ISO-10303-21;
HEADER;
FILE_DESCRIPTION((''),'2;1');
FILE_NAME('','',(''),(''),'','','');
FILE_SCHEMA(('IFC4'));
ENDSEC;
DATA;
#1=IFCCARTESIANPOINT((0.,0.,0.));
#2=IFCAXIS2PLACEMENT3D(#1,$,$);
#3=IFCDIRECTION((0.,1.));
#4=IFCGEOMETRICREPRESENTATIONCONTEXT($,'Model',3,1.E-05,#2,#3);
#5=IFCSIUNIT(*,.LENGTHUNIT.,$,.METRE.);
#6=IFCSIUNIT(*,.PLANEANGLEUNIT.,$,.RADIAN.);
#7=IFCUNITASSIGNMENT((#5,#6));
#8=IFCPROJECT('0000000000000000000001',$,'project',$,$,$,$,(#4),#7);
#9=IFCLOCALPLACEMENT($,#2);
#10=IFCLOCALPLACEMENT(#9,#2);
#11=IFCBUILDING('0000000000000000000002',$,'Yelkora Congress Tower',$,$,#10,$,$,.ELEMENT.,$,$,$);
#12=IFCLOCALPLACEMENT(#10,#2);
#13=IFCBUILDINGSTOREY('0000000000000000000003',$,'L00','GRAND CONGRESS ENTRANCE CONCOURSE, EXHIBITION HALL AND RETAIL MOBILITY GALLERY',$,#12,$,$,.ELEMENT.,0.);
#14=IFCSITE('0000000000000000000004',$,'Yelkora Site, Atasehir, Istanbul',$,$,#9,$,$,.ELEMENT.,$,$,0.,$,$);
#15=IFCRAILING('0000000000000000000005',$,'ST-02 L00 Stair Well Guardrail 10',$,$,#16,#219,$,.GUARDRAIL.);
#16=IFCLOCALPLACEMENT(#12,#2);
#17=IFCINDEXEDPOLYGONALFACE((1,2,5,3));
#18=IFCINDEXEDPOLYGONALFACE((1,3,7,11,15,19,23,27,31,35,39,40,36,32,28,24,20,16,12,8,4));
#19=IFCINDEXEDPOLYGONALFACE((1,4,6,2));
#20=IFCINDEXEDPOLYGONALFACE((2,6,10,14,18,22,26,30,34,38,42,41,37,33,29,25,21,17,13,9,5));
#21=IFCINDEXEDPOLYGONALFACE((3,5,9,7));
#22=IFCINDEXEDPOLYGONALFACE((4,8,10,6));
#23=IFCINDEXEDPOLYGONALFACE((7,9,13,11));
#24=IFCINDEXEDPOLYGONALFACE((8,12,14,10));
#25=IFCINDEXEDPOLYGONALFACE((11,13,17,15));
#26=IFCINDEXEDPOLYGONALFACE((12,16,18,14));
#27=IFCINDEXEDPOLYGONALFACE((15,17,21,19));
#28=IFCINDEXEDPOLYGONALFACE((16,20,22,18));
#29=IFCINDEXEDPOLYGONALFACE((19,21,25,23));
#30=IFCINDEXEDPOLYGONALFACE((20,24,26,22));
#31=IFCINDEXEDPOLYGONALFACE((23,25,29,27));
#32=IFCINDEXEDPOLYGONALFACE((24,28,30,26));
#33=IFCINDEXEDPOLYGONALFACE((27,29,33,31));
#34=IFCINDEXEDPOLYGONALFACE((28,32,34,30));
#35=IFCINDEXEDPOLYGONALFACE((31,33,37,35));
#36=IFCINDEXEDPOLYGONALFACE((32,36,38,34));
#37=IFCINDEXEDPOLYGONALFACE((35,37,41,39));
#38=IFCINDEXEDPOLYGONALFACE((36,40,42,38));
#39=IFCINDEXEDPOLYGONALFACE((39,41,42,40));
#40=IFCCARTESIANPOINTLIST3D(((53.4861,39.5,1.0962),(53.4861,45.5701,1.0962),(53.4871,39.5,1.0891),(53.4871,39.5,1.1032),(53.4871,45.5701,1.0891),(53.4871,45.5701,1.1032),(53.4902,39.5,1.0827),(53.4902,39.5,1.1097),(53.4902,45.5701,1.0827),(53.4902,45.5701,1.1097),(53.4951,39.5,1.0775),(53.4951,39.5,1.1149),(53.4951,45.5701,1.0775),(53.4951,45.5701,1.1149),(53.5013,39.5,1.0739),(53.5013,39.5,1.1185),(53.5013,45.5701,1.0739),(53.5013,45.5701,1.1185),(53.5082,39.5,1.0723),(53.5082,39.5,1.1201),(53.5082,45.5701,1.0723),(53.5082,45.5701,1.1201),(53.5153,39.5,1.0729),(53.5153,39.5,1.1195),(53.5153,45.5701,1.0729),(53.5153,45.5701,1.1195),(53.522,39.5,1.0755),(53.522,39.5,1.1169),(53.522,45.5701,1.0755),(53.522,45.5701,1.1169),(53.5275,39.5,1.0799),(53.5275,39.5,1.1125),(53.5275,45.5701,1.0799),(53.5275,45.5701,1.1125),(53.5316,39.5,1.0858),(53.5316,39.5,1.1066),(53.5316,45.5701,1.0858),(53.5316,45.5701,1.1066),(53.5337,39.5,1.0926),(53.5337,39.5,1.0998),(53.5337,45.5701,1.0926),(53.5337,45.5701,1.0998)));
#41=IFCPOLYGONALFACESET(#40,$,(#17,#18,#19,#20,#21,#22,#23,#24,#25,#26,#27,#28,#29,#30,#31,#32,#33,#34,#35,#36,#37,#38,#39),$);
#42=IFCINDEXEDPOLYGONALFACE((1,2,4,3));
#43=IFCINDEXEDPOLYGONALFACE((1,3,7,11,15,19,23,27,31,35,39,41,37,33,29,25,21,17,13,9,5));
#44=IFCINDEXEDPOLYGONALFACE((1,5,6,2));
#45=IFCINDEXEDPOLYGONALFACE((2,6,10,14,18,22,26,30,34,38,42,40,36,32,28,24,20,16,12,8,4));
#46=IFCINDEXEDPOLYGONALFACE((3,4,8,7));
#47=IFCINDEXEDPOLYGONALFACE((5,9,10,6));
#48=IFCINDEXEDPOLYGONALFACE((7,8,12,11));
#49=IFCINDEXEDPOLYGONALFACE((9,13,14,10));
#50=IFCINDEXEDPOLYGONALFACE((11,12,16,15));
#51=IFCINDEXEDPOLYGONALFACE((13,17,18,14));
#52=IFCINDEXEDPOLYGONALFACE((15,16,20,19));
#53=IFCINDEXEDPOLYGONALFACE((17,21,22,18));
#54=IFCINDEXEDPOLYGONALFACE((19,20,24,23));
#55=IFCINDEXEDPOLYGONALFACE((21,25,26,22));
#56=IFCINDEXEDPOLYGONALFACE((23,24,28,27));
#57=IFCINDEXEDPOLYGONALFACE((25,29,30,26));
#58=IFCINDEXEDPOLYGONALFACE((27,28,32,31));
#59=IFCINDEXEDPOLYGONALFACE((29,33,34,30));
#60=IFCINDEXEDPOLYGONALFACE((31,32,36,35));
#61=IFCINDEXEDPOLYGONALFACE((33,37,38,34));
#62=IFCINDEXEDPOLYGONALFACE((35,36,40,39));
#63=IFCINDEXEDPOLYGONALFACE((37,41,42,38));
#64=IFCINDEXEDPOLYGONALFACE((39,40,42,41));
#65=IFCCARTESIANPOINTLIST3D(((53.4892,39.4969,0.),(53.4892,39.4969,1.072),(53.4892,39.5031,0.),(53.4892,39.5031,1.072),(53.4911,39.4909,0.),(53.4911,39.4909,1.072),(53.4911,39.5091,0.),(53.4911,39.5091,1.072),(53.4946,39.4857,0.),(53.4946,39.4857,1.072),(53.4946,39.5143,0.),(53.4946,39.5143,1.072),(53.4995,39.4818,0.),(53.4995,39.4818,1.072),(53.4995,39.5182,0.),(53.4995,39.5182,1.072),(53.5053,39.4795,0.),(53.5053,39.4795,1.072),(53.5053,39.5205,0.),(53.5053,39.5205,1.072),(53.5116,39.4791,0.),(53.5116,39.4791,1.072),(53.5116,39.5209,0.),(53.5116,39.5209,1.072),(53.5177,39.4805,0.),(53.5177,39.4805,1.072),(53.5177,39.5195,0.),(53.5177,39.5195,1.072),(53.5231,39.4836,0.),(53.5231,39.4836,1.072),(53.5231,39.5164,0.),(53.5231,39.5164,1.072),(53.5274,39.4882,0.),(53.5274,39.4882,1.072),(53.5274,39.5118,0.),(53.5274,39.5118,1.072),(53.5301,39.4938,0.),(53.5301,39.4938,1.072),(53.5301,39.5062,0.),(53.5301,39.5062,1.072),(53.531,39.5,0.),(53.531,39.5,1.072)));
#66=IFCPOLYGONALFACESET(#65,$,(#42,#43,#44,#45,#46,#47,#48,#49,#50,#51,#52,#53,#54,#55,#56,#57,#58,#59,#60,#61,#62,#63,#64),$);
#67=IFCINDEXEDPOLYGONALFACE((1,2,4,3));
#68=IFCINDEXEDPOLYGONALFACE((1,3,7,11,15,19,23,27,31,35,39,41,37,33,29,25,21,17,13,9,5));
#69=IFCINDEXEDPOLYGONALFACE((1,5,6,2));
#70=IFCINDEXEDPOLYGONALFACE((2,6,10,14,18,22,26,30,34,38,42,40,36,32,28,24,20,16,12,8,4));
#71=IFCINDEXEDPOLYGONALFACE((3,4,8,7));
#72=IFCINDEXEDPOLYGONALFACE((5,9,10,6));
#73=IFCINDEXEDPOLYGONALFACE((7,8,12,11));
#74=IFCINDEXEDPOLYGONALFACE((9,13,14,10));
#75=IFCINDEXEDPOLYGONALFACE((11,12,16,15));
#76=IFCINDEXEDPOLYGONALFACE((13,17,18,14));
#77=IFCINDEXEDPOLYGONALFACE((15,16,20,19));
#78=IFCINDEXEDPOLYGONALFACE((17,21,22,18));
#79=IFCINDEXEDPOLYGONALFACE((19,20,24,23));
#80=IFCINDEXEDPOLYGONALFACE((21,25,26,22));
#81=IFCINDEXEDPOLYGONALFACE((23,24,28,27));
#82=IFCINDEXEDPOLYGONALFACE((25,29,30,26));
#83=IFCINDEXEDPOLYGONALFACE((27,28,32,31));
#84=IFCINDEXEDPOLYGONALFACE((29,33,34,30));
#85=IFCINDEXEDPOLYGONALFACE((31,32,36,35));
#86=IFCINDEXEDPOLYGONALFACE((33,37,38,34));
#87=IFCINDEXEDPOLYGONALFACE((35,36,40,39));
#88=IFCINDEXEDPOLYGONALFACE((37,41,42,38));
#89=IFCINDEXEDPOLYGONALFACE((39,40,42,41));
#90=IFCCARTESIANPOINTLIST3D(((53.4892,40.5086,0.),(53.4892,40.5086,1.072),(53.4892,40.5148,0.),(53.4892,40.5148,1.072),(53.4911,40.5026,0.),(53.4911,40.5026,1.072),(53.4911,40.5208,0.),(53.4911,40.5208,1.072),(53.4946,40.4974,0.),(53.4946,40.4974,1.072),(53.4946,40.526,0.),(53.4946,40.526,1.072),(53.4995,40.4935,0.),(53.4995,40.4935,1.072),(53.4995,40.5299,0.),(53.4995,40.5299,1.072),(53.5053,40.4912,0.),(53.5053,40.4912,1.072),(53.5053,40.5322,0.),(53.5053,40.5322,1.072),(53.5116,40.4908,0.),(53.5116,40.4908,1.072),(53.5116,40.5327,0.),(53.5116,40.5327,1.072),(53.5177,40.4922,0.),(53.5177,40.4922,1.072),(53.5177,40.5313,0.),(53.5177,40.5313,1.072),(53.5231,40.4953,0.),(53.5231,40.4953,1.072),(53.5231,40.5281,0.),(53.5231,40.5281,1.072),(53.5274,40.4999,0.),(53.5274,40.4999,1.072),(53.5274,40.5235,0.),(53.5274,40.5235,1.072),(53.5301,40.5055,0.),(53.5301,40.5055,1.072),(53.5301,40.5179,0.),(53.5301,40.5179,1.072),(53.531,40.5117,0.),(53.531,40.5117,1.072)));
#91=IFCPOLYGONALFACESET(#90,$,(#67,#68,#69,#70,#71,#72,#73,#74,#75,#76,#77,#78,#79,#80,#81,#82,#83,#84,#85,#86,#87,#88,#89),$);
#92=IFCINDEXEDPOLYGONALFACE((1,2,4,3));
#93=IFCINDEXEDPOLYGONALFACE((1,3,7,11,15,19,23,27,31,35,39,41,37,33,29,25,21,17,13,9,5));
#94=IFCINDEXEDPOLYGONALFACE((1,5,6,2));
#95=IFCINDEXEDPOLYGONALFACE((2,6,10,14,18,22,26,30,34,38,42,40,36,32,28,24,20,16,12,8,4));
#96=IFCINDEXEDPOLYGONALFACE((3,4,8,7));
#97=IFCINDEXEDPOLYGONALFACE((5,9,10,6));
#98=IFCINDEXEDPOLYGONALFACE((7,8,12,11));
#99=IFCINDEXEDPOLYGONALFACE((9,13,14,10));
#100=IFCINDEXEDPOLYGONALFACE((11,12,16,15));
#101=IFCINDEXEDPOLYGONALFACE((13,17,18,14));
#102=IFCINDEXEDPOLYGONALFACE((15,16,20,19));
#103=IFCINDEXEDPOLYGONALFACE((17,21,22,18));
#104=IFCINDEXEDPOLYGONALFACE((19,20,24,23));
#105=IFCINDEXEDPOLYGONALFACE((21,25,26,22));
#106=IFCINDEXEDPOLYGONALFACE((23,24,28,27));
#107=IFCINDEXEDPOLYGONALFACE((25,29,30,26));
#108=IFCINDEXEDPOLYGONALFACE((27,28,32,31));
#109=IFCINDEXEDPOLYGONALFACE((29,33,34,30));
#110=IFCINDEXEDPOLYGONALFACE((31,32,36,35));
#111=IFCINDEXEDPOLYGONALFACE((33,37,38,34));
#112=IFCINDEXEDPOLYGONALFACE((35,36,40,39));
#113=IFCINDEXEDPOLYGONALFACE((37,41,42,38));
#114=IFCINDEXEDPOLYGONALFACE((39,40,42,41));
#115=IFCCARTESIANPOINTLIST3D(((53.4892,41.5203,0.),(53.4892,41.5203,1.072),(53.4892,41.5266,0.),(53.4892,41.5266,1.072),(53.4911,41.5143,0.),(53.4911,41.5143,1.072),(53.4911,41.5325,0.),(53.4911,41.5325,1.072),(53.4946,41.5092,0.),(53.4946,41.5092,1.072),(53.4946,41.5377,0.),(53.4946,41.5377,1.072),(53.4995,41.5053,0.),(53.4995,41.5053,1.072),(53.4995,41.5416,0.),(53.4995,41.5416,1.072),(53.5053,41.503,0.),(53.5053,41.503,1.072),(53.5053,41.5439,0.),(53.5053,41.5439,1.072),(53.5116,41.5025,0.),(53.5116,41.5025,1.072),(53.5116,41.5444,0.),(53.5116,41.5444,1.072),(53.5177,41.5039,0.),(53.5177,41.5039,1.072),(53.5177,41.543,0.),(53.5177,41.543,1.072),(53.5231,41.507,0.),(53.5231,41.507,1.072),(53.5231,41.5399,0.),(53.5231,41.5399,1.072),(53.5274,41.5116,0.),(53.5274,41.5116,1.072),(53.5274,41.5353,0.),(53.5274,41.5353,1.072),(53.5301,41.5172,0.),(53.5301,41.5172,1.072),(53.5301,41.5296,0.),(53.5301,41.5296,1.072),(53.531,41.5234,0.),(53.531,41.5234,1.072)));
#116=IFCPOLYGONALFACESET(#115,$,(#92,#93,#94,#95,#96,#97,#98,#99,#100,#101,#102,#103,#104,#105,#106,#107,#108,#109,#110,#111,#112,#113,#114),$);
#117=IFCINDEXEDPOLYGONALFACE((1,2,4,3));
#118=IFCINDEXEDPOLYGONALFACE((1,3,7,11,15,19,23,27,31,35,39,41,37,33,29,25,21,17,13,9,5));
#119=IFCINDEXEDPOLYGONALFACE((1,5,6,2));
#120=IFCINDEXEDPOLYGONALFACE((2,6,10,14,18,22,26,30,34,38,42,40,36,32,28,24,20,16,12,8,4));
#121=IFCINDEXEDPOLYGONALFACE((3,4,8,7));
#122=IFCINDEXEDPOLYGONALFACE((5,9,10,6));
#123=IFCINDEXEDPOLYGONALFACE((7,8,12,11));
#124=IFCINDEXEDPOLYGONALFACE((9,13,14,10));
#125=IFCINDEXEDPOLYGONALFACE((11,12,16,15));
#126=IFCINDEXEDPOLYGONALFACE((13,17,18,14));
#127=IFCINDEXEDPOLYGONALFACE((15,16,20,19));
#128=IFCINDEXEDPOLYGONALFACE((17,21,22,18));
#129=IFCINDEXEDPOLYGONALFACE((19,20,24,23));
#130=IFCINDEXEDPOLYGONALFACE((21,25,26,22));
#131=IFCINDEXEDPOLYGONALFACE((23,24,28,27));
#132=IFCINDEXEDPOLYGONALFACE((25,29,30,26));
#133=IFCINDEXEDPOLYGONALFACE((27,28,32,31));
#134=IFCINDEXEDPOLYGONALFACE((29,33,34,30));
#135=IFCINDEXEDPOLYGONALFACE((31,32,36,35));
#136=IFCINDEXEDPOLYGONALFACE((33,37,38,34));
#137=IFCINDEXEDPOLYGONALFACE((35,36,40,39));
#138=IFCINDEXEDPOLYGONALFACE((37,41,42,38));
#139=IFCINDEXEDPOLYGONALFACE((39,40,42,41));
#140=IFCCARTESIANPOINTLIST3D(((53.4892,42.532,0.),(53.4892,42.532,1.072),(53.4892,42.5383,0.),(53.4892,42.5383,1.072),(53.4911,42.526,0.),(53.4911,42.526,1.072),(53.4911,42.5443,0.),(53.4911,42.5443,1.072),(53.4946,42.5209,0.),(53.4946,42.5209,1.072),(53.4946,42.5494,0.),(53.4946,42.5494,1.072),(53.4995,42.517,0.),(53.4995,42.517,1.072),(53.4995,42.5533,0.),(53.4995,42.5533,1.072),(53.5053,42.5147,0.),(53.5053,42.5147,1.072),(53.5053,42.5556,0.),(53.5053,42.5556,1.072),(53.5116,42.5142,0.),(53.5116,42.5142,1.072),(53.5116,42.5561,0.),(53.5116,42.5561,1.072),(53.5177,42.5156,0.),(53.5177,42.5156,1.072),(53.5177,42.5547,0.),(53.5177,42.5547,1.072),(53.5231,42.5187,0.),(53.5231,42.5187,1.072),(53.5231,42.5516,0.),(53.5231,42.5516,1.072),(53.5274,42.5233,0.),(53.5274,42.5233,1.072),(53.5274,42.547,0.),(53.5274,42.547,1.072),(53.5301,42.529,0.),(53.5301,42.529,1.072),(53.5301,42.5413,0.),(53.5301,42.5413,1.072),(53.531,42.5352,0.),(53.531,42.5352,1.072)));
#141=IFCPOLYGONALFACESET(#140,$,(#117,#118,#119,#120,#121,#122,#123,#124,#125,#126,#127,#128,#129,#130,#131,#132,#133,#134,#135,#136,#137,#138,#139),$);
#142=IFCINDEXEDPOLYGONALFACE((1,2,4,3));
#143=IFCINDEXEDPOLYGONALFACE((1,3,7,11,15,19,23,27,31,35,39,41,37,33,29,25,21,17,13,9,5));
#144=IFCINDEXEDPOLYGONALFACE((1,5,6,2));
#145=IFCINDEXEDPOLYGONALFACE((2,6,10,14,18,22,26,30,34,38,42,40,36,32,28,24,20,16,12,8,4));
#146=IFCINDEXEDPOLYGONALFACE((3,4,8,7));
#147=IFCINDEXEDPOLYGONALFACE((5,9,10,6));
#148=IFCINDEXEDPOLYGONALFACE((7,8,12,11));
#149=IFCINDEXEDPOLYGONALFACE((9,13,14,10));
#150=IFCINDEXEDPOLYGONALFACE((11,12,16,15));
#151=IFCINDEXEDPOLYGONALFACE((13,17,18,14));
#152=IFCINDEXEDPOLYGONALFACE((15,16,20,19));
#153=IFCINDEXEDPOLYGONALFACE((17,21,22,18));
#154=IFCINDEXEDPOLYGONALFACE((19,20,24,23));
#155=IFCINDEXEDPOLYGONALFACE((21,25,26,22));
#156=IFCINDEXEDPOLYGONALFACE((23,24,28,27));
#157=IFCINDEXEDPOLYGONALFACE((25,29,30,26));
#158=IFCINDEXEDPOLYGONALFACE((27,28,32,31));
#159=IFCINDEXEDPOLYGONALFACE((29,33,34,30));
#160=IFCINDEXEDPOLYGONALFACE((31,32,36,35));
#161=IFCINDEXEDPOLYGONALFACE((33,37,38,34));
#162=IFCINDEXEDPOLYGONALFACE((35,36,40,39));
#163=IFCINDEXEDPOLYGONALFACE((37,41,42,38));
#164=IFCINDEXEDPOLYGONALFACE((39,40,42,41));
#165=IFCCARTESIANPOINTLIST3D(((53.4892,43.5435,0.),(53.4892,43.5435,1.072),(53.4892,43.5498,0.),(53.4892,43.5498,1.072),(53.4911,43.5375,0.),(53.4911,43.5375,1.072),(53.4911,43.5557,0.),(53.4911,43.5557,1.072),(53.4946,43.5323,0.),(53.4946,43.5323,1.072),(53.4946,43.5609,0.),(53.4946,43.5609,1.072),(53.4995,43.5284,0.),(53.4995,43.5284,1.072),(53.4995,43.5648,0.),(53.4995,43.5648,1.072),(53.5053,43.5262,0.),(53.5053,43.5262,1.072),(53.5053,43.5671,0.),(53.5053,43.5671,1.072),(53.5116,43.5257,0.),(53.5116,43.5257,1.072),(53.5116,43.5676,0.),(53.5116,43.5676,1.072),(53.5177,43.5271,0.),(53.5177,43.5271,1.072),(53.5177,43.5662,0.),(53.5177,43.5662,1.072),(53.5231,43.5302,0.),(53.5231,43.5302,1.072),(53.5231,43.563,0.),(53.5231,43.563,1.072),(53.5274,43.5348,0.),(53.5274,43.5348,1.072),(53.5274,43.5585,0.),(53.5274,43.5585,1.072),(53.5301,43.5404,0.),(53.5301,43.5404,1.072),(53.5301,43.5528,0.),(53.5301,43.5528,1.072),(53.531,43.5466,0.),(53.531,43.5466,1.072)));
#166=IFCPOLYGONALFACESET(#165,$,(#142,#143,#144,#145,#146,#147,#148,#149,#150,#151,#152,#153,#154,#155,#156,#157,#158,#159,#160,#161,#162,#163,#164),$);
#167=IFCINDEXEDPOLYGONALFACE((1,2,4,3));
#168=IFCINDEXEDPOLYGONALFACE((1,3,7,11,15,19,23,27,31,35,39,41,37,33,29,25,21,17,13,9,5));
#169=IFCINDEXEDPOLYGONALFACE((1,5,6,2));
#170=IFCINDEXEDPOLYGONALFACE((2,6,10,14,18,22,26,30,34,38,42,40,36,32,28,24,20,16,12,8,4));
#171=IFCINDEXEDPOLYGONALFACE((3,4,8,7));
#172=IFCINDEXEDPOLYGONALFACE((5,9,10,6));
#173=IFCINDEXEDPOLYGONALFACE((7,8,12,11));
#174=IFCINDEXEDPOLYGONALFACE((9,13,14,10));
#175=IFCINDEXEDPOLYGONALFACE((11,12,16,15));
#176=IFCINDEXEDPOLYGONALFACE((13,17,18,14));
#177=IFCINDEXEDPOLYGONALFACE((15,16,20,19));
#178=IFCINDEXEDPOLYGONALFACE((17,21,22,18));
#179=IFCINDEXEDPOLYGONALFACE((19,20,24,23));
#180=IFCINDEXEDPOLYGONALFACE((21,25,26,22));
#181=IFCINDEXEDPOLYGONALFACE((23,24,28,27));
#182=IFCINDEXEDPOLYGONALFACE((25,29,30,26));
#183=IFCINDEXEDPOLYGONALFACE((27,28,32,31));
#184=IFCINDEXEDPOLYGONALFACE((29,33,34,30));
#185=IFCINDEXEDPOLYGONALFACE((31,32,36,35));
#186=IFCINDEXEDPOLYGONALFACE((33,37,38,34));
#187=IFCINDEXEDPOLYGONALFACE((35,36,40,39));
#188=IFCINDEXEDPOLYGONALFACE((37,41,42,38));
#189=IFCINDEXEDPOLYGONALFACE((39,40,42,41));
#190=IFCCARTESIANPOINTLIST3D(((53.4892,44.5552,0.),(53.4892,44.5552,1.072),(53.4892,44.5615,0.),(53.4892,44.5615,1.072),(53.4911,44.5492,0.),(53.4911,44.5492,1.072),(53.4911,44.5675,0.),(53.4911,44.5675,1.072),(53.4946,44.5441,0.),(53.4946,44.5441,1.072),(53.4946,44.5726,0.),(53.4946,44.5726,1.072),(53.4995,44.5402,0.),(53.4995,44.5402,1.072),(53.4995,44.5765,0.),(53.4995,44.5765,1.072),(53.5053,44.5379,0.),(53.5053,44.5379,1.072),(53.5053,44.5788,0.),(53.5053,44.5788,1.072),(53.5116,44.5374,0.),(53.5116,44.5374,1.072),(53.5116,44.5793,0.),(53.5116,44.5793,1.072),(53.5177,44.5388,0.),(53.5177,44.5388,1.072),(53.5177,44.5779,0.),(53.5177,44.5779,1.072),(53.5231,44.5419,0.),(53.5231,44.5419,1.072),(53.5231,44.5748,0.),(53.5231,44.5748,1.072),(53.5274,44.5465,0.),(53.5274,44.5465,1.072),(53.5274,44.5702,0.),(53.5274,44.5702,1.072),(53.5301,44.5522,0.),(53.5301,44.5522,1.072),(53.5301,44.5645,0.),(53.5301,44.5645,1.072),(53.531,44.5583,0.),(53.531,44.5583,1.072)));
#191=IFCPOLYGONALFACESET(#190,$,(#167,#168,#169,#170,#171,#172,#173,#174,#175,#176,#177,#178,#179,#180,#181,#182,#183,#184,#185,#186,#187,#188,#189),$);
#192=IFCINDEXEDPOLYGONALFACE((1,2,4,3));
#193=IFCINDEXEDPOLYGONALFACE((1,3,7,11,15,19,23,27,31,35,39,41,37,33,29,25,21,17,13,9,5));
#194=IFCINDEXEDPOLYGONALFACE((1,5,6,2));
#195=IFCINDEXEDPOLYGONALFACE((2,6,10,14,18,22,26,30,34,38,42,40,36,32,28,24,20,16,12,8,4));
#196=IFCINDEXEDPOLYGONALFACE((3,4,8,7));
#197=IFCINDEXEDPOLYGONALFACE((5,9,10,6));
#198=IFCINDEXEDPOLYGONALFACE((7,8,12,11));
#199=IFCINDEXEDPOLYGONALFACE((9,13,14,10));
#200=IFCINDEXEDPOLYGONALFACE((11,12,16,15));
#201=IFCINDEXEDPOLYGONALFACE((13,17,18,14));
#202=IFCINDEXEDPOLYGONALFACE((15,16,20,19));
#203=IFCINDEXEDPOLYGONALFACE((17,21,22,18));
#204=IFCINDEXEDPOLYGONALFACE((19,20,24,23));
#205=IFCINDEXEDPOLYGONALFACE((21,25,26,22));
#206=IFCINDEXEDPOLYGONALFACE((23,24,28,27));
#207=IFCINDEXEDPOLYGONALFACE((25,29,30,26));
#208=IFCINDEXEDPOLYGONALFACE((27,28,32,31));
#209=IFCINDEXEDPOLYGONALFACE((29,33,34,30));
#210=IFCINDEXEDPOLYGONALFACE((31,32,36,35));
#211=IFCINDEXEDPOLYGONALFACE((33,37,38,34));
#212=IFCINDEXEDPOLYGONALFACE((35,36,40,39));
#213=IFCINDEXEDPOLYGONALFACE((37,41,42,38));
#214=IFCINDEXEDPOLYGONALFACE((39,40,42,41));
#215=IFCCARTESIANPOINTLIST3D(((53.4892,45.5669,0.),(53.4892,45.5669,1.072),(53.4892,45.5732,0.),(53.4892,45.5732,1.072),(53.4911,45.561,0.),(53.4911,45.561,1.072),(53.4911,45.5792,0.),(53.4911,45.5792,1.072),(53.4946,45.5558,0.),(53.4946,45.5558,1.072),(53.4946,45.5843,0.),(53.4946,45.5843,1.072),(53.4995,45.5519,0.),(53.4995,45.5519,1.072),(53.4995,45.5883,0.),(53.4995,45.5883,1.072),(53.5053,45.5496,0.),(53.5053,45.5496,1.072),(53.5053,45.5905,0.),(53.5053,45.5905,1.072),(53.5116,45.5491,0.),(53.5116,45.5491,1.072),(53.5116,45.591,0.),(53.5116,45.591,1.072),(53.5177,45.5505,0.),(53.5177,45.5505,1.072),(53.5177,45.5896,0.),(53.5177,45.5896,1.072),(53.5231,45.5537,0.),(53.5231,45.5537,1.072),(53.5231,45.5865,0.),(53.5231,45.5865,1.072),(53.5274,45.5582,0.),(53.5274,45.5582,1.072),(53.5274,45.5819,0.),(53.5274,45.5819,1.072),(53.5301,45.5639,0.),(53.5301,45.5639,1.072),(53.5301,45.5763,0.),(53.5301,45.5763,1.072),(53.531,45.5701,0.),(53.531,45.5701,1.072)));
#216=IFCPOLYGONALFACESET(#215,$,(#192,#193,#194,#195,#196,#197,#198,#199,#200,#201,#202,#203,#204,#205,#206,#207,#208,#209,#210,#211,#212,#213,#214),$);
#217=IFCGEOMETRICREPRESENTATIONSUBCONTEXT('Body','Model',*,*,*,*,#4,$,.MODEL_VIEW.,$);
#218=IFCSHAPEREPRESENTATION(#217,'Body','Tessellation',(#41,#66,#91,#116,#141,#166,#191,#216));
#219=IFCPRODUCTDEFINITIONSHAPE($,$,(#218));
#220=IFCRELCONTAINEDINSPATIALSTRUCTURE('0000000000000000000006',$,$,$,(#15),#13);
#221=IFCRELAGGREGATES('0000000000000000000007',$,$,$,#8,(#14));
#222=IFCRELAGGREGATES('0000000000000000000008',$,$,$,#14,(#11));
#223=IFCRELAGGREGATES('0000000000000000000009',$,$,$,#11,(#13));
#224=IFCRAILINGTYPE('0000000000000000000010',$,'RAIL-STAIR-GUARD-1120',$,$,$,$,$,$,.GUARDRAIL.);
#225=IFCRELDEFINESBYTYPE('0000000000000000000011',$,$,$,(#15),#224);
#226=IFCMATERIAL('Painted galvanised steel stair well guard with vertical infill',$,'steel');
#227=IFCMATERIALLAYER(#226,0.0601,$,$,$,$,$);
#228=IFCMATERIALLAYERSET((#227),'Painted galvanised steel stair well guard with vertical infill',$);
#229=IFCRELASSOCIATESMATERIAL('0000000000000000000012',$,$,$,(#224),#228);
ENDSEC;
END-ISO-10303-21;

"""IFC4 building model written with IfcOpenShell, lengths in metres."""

from ifc_helpers import new_model, si_unit, direction, frame, origin, origin_2d, place, context, subcontext, project, spatial, circle, extrude, material, layer, layer_set, type_object, element, save


model = new_model("IFC4")

# Units and contexts
model_context = context("Model", 3, precision=1e-05, world=origin(), true_north=direction((0.0, 1.0)))
body_context = subcontext(model_context, "Body", "Model", "MODEL_VIEW")
ifc_project = project(units=[si_unit("LENGTHUNIT", "METRE"), si_unit("PLANEANGLEUNIT", "RADIAN")], contexts=[model_context])

# Site, building, storey
site_placement = place(None, origin())
site = spatial("IfcSite", under=ifc_project, at=site_placement, Name="Yelkora Site, Atasehir, Istanbul", CompositionType="ELEMENT", RefElevation=0.0)
building_placement = place(site_placement, origin())
building = spatial("IfcBuilding", under=site, at=building_placement, Name="Yelkora Congress Tower", CompositionType="ELEMENT")
storey_placement = place(building_placement, origin())
storey = spatial("IfcBuildingStorey", under=building, at=storey_placement, Name="L00", Description="GRAND CONGRESS ENTRANCE CONCOURSE, EXHIBITION HALL AND RETAIL MOBILITY GALLERY", CompositionType="ELEMENT", Elevation=0.0)

# Railing
ifc_material_1 = material(Name="Painted galvanised steel stair well guard with vertical infill", Category="steel")
ifc_layer_1 = layer(ifc_material_1, 0.0601)
ifc_layer_set_1 = layer_set([ifc_layer_1], Name="Painted galvanised steel stair well guard with vertical infill")
railing_type_1 = type_object("IfcRailingType", Name="RAIL-STAIR-GUARD-1120", PredefinedType="GUARDRAIL", material=ifc_layer_set_1)
railing_1_placement = place(storey_placement, frame((53.51, 39.5, 0.0)))
element("IfcRailing", 1, at=railing_1_placement, inside=storey, type_object=railing_type_1, Name="ST-02 L00 Stair Well Guardrail 10", PredefinedType="GUARDRAIL", context=body_context, shape_type="SweptSolid", body=[
    extrude(circle(Radius=0.0239, at=origin_2d()), frame((0.0, 0.0, 1.0962), z_axis=(0.0, 1.0, 0.0), x_axis=(-1.0, 0.0, 0.0)), (0.0, 0.0, 1.0), 6.0701),
    extrude(circle(Radius=0.021, at=origin_2d()), origin(), (0.0, 0.0, 1.0), 1.072),
    extrude(circle(Radius=0.021, at=origin_2d()), frame((0.0, 1.0117, 0.0)), (0.0, 0.0, 1.0), 1.072),
    extrude(circle(Radius=0.021, at=origin_2d()), frame((0.0, 2.0234, 0.0)), (0.0, 0.0, 1.0), 1.072),
    extrude(circle(Radius=0.021, at=origin_2d()), frame((0.0, 3.0352, 0.0)), (0.0, 0.0, 1.0), 1.072),
    extrude(circle(Radius=0.021, at=origin_2d()), frame((0.0, 4.0466, 0.0)), (0.0, 0.0, 1.0), 1.072),
    extrude(circle(Radius=0.021, at=origin_2d()), frame((0.0, 5.0583, 0.0)), (0.0, 0.0, 1.0), 1.072),
    extrude(circle(Radius=0.021, at=origin_2d()), frame((0.0, 6.0701, 0.0)), (0.0, 0.0, 1.0), 1.072),
])

save(model, "model.ifc")
